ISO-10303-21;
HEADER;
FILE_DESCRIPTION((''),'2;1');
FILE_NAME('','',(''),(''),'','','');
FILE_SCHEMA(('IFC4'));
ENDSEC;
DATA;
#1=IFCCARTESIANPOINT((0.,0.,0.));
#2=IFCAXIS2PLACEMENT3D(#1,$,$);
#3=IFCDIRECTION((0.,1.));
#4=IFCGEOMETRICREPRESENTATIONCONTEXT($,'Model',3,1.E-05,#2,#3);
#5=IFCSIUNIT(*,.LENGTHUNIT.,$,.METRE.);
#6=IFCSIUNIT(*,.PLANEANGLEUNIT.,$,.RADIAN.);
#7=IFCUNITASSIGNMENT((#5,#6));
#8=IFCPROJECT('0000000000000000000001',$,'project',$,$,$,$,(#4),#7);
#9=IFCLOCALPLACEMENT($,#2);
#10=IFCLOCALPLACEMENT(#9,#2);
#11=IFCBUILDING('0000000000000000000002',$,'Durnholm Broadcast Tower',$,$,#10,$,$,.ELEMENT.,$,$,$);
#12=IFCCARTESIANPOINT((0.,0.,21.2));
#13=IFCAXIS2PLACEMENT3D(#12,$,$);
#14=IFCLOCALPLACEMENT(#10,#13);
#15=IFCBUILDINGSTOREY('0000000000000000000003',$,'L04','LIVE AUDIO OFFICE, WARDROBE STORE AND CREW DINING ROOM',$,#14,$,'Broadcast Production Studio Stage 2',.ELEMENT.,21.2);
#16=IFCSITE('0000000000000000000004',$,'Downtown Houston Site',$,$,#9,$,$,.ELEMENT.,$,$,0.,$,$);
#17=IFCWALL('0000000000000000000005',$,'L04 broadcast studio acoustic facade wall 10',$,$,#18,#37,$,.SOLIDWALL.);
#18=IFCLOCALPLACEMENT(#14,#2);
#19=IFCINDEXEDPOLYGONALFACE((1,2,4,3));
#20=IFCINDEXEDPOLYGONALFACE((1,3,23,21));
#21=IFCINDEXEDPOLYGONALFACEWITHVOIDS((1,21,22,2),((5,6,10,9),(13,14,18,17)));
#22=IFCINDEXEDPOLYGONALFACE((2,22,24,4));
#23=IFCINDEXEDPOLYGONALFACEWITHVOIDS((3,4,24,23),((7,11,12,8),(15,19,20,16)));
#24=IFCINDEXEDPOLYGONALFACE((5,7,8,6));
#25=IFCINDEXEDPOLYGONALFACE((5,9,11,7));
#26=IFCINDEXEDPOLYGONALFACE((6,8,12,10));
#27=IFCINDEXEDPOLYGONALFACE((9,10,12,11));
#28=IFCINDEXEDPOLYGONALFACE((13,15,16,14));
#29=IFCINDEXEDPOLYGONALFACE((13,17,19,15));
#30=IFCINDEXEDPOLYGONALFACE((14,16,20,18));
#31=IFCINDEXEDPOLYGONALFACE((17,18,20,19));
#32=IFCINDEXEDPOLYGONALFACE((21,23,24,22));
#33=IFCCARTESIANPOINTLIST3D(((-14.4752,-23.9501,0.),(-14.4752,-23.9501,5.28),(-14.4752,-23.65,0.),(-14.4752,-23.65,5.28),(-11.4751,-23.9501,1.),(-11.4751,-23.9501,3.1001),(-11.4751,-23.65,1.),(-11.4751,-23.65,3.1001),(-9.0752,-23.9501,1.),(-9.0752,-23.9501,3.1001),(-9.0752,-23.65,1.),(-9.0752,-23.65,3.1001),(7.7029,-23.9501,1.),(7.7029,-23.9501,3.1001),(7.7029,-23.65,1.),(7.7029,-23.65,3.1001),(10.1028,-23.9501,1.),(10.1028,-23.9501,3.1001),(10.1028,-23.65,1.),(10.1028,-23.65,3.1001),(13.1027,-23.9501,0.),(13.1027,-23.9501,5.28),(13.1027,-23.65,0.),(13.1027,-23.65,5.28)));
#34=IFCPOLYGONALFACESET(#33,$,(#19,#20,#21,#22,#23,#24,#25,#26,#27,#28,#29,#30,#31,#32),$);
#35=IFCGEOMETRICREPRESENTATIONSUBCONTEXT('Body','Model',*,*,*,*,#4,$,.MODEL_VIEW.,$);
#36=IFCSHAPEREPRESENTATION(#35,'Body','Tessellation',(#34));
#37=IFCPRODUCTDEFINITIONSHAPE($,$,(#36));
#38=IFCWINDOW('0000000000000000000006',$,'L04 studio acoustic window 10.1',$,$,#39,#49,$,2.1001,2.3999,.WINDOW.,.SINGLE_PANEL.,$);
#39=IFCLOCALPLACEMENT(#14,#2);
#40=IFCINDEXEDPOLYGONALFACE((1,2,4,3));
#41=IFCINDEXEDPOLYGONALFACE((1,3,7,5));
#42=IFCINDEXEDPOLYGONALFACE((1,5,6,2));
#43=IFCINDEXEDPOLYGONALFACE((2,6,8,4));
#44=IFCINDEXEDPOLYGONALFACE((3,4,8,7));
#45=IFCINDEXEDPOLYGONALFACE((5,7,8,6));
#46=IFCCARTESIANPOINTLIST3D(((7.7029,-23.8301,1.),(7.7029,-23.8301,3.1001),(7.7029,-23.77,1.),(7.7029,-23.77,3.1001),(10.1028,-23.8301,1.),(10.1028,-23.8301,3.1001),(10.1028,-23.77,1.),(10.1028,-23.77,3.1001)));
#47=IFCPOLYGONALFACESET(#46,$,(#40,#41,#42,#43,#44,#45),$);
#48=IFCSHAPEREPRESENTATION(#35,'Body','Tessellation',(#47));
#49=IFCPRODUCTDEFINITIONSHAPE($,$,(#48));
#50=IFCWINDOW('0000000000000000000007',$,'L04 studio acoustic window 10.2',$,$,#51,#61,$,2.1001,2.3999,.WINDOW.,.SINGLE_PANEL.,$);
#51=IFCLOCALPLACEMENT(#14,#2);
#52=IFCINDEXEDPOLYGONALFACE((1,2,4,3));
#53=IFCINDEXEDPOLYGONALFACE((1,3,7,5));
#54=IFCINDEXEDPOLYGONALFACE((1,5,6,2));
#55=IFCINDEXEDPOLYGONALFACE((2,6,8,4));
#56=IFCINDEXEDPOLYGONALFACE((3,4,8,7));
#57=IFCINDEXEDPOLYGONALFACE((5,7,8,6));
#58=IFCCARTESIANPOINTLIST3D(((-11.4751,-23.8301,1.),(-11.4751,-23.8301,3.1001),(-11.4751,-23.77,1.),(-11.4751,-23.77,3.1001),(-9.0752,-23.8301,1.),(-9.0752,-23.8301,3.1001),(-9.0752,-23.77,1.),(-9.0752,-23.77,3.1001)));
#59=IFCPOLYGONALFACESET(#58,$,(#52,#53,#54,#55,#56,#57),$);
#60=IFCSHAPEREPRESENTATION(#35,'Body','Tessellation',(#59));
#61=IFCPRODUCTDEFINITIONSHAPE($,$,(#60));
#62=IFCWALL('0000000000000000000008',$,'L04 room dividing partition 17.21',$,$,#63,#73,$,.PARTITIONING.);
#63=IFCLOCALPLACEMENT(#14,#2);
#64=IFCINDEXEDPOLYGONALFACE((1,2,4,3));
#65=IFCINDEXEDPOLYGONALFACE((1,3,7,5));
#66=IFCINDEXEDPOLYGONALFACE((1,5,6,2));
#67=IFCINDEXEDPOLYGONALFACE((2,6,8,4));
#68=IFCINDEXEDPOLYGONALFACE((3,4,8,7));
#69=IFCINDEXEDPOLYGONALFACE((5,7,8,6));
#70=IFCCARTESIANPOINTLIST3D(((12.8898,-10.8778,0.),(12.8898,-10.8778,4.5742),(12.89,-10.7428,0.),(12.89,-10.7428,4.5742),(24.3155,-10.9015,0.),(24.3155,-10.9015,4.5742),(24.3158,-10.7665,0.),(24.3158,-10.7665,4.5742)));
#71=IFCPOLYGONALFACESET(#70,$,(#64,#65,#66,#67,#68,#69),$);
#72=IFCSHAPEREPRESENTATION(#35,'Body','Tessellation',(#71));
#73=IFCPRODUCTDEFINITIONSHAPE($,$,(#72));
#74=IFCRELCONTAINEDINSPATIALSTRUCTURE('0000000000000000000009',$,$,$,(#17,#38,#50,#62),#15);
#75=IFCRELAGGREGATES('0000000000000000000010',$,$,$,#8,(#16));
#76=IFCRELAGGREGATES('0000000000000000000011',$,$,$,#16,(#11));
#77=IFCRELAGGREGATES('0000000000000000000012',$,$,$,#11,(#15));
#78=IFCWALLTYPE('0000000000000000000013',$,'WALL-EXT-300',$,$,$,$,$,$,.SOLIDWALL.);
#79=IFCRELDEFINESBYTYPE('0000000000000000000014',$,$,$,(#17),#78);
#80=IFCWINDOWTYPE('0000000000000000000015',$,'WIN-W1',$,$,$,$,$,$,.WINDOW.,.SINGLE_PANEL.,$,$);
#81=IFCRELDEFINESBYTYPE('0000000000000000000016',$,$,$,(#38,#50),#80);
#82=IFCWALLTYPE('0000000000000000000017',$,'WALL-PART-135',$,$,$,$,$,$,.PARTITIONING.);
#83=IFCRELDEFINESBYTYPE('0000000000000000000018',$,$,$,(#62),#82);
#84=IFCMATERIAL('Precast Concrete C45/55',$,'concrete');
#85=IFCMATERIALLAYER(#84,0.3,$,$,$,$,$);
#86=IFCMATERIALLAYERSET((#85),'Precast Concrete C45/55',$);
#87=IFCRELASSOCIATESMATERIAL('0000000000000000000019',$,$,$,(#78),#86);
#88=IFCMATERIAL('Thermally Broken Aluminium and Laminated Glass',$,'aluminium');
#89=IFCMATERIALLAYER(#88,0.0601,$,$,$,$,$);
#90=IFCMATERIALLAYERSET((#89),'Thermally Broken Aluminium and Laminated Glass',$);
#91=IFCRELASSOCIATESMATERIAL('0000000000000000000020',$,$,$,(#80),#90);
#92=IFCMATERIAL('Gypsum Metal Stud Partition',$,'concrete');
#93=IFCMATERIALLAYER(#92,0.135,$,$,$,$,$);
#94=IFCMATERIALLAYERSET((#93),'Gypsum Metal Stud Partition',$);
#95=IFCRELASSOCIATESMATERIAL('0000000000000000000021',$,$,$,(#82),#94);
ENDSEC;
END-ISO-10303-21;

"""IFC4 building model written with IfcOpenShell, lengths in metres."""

from ifc_helpers import new_model, si_unit, direction, frame, frame_2d, origin, place, context, subcontext, project, spatial, rectangle, extrude, source, transform, mapped, material, layer, layer_set, type_object, type_shapes, element, fill, save


model = new_model("IFC4")

# Units and contexts
model_context = context("Model", 3, precision=1e-05, world=origin(), true_north=direction((0.0, 1.0)))
body_context = subcontext(model_context, "Body", "Model", "MODEL_VIEW")
ifc_project = project(units=[si_unit("LENGTHUNIT", "METRE"), si_unit("PLANEANGLEUNIT", "RADIAN")], contexts=[model_context])

# Site, building, storey
site_placement = place(None, origin())
site = spatial("IfcSite", under=ifc_project, at=site_placement, Name="Downtown Houston Site", CompositionType="ELEMENT", RefElevation=0.0)
building_placement = place(site_placement, origin())
building = spatial("IfcBuilding", under=site, at=building_placement, Name="Durnholm Broadcast Tower", CompositionType="ELEMENT")
storey_placement = place(building_placement, frame((0.0, 0.0, 21.2)))
storey = spatial("IfcBuildingStorey", under=building, at=storey_placement, Name="L04", Description="LIVE AUDIO OFFICE, WARDROBE STORE AND CREW DINING ROOM", LongName="Broadcast Production Studio Stage 2", CompositionType="ELEMENT", Elevation=21.2)

# Wall, openings, windows
ifc_material_1 = material(Name="Precast Concrete C45/55", Category="concrete")
ifc_layer_1 = layer(ifc_material_1, 0.3)
ifc_layer_set_1 = layer_set([ifc_layer_1], Name="Precast Concrete C45/55")
wall_type_1 = type_object("IfcWallType", Name="WALL-EXT-300", PredefinedType="SOLIDWALL", material=ifc_layer_set_1)
wall_1_placement = place(storey_placement, frame((13.1028, -23.8, 0.0), z_axis=(0.0, 0.0, 1.0), x_axis=(-1.0, 0.0, 0.0)))
wall_1 = element("IfcWall", 1, at=wall_1_placement, inside=storey, type_object=wall_type_1, Name="L04 broadcast studio acoustic facade wall 10", PredefinedType="SOLIDWALL", context=body_context, shape_type="SweptSolid", body=[
    extrude(rectangle(XDim=27.5779, YDim=0.3, at=frame_2d((13.7891, 0.0))), origin(), (0.0, 0.0, 1.0), 5.28),
])
opening_1_placement = place(wall_1_placement, frame((3.0, 0.0, 1.0)))
opening_1 = element("IfcOpeningElement", 2, at=opening_1_placement, cuts=wall_1, PredefinedType="OPENING", context=body_context, shape_type="SweptSolid", body=[
    extrude(rectangle(XDim=2.3999, YDim=2.1001, at=frame_2d((1.2, 1.05))), frame((0.0, 0.1602, 0.0), z_axis=(0.0, -1.0, 0.0), x_axis=(1.0, 0.0, 0.0)), (0.0, 0.0, 1.0), 0.3201),
])
opening_2_placement = place(wall_1_placement, frame((22.178, 0.0, 1.0)))
opening_2 = element("IfcOpeningElement", 3, at=opening_2_placement, cuts=wall_1, PredefinedType="OPENING", context=body_context, shape_type="SweptSolid", body=[
    extrude(rectangle(XDim=2.3999, YDim=2.1001, at=frame_2d((1.2, 1.05))), frame((0.0, 0.1602, 0.0), z_axis=(0.0, -1.0, 0.0), x_axis=(1.0, 0.0, 0.0)), (0.0, 0.0, 1.0), 0.3201),
])
ifc_material_2 = material(Name="Thermally Broken Aluminium and Laminated Glass", Category="aluminium")
ifc_layer_2 = layer(ifc_material_2, 0.0601)
ifc_layer_set_2 = layer_set([ifc_layer_2], Name="Thermally Broken Aluminium and Laminated Glass")
window_type = type_object("IfcWindowType", Name="WIN-W1", PartitioningType="SINGLE_PANEL", PredefinedType="WINDOW", material=ifc_layer_set_2)
shared_shape_1 = source(origin(), body_context, "Body", "SweptSolid", [
    extrude(rectangle(XDim=2.3999, YDim=2.1001, at=frame_2d((1.2, 1.05))), frame((0.0, 0.03, 0.0), z_axis=(0.0, -1.0, 0.0), x_axis=(1.0, 0.0, 0.0)), (0.0, 0.0, 1.0), 0.0601),
])
type_shapes(window_type, [shared_shape_1])
window_1_placement = place(opening_1_placement, origin())
window_1 = element("IfcWindow", 4, at=window_1_placement, inside=storey, type_object=window_type, Name="L04 studio acoustic window 10.1", OverallHeight=2.1001, OverallWidth=2.3999, PartitioningType="SINGLE_PANEL", PredefinedType="WINDOW", context=body_context, shape_type="MappedRepresentation", body=[
    mapped(shared_shape_1, transform((0.0, 0.0, 0.0), x_axis=(1.0, 0.0, 0.0), y_axis=(0.0, 1.0, 0.0), z_axis=(0.0, 0.0, 1.0), scale=1.0)),
])
fill(opening_1, window_1)
window_2_placement = place(opening_2_placement, origin())
window_2 = element("IfcWindow", 5, at=window_2_placement, inside=storey, type_object=window_type, Name="L04 studio acoustic window 10.2", OverallHeight=2.1001, OverallWidth=2.3999, PartitioningType="SINGLE_PANEL", PredefinedType="WINDOW", context=body_context, shape_type="MappedRepresentation", body=[
    mapped(shared_shape_1, transform((0.0, 0.0, 0.0), x_axis=(1.0, 0.0, 0.0), y_axis=(0.0, 1.0, 0.0), z_axis=(0.0, 0.0, 1.0), scale=1.0)),
])
fill(opening_2, window_2)

# Wall
ifc_material_3 = material(Name="Gypsum Metal Stud Partition", Category="concrete")
ifc_layer_3 = layer(ifc_material_3, 0.135)
ifc_layer_set_3 = layer_set([ifc_layer_3], Name="Gypsum Metal Stud Partition")
wall_type_2 = type_object("IfcWallType", Name="WALL-PART-135", PredefinedType="PARTITIONING", material=ifc_layer_set_3)
wall_2_placement = place(storey_placement, frame((12.8899, -10.8103, 0.0), z_axis=(0.0, 0.0, 1.0), x_axis=(0.999998, -0.002073, 0.0)))
element("IfcWall", 6, at=wall_2_placement, inside=storey, type_object=wall_type_2, Name="L04 room dividing partition 17.21", PredefinedType="PARTITIONING", context=body_context, shape_type="SweptSolid", body=[
    extrude(rectangle(XDim=11.4258, YDim=0.135, at=frame_2d((5.7129, 0.0))), origin(), (0.0, 0.0, 1.0), 4.5742),
])

save(model, "model.ifc")
